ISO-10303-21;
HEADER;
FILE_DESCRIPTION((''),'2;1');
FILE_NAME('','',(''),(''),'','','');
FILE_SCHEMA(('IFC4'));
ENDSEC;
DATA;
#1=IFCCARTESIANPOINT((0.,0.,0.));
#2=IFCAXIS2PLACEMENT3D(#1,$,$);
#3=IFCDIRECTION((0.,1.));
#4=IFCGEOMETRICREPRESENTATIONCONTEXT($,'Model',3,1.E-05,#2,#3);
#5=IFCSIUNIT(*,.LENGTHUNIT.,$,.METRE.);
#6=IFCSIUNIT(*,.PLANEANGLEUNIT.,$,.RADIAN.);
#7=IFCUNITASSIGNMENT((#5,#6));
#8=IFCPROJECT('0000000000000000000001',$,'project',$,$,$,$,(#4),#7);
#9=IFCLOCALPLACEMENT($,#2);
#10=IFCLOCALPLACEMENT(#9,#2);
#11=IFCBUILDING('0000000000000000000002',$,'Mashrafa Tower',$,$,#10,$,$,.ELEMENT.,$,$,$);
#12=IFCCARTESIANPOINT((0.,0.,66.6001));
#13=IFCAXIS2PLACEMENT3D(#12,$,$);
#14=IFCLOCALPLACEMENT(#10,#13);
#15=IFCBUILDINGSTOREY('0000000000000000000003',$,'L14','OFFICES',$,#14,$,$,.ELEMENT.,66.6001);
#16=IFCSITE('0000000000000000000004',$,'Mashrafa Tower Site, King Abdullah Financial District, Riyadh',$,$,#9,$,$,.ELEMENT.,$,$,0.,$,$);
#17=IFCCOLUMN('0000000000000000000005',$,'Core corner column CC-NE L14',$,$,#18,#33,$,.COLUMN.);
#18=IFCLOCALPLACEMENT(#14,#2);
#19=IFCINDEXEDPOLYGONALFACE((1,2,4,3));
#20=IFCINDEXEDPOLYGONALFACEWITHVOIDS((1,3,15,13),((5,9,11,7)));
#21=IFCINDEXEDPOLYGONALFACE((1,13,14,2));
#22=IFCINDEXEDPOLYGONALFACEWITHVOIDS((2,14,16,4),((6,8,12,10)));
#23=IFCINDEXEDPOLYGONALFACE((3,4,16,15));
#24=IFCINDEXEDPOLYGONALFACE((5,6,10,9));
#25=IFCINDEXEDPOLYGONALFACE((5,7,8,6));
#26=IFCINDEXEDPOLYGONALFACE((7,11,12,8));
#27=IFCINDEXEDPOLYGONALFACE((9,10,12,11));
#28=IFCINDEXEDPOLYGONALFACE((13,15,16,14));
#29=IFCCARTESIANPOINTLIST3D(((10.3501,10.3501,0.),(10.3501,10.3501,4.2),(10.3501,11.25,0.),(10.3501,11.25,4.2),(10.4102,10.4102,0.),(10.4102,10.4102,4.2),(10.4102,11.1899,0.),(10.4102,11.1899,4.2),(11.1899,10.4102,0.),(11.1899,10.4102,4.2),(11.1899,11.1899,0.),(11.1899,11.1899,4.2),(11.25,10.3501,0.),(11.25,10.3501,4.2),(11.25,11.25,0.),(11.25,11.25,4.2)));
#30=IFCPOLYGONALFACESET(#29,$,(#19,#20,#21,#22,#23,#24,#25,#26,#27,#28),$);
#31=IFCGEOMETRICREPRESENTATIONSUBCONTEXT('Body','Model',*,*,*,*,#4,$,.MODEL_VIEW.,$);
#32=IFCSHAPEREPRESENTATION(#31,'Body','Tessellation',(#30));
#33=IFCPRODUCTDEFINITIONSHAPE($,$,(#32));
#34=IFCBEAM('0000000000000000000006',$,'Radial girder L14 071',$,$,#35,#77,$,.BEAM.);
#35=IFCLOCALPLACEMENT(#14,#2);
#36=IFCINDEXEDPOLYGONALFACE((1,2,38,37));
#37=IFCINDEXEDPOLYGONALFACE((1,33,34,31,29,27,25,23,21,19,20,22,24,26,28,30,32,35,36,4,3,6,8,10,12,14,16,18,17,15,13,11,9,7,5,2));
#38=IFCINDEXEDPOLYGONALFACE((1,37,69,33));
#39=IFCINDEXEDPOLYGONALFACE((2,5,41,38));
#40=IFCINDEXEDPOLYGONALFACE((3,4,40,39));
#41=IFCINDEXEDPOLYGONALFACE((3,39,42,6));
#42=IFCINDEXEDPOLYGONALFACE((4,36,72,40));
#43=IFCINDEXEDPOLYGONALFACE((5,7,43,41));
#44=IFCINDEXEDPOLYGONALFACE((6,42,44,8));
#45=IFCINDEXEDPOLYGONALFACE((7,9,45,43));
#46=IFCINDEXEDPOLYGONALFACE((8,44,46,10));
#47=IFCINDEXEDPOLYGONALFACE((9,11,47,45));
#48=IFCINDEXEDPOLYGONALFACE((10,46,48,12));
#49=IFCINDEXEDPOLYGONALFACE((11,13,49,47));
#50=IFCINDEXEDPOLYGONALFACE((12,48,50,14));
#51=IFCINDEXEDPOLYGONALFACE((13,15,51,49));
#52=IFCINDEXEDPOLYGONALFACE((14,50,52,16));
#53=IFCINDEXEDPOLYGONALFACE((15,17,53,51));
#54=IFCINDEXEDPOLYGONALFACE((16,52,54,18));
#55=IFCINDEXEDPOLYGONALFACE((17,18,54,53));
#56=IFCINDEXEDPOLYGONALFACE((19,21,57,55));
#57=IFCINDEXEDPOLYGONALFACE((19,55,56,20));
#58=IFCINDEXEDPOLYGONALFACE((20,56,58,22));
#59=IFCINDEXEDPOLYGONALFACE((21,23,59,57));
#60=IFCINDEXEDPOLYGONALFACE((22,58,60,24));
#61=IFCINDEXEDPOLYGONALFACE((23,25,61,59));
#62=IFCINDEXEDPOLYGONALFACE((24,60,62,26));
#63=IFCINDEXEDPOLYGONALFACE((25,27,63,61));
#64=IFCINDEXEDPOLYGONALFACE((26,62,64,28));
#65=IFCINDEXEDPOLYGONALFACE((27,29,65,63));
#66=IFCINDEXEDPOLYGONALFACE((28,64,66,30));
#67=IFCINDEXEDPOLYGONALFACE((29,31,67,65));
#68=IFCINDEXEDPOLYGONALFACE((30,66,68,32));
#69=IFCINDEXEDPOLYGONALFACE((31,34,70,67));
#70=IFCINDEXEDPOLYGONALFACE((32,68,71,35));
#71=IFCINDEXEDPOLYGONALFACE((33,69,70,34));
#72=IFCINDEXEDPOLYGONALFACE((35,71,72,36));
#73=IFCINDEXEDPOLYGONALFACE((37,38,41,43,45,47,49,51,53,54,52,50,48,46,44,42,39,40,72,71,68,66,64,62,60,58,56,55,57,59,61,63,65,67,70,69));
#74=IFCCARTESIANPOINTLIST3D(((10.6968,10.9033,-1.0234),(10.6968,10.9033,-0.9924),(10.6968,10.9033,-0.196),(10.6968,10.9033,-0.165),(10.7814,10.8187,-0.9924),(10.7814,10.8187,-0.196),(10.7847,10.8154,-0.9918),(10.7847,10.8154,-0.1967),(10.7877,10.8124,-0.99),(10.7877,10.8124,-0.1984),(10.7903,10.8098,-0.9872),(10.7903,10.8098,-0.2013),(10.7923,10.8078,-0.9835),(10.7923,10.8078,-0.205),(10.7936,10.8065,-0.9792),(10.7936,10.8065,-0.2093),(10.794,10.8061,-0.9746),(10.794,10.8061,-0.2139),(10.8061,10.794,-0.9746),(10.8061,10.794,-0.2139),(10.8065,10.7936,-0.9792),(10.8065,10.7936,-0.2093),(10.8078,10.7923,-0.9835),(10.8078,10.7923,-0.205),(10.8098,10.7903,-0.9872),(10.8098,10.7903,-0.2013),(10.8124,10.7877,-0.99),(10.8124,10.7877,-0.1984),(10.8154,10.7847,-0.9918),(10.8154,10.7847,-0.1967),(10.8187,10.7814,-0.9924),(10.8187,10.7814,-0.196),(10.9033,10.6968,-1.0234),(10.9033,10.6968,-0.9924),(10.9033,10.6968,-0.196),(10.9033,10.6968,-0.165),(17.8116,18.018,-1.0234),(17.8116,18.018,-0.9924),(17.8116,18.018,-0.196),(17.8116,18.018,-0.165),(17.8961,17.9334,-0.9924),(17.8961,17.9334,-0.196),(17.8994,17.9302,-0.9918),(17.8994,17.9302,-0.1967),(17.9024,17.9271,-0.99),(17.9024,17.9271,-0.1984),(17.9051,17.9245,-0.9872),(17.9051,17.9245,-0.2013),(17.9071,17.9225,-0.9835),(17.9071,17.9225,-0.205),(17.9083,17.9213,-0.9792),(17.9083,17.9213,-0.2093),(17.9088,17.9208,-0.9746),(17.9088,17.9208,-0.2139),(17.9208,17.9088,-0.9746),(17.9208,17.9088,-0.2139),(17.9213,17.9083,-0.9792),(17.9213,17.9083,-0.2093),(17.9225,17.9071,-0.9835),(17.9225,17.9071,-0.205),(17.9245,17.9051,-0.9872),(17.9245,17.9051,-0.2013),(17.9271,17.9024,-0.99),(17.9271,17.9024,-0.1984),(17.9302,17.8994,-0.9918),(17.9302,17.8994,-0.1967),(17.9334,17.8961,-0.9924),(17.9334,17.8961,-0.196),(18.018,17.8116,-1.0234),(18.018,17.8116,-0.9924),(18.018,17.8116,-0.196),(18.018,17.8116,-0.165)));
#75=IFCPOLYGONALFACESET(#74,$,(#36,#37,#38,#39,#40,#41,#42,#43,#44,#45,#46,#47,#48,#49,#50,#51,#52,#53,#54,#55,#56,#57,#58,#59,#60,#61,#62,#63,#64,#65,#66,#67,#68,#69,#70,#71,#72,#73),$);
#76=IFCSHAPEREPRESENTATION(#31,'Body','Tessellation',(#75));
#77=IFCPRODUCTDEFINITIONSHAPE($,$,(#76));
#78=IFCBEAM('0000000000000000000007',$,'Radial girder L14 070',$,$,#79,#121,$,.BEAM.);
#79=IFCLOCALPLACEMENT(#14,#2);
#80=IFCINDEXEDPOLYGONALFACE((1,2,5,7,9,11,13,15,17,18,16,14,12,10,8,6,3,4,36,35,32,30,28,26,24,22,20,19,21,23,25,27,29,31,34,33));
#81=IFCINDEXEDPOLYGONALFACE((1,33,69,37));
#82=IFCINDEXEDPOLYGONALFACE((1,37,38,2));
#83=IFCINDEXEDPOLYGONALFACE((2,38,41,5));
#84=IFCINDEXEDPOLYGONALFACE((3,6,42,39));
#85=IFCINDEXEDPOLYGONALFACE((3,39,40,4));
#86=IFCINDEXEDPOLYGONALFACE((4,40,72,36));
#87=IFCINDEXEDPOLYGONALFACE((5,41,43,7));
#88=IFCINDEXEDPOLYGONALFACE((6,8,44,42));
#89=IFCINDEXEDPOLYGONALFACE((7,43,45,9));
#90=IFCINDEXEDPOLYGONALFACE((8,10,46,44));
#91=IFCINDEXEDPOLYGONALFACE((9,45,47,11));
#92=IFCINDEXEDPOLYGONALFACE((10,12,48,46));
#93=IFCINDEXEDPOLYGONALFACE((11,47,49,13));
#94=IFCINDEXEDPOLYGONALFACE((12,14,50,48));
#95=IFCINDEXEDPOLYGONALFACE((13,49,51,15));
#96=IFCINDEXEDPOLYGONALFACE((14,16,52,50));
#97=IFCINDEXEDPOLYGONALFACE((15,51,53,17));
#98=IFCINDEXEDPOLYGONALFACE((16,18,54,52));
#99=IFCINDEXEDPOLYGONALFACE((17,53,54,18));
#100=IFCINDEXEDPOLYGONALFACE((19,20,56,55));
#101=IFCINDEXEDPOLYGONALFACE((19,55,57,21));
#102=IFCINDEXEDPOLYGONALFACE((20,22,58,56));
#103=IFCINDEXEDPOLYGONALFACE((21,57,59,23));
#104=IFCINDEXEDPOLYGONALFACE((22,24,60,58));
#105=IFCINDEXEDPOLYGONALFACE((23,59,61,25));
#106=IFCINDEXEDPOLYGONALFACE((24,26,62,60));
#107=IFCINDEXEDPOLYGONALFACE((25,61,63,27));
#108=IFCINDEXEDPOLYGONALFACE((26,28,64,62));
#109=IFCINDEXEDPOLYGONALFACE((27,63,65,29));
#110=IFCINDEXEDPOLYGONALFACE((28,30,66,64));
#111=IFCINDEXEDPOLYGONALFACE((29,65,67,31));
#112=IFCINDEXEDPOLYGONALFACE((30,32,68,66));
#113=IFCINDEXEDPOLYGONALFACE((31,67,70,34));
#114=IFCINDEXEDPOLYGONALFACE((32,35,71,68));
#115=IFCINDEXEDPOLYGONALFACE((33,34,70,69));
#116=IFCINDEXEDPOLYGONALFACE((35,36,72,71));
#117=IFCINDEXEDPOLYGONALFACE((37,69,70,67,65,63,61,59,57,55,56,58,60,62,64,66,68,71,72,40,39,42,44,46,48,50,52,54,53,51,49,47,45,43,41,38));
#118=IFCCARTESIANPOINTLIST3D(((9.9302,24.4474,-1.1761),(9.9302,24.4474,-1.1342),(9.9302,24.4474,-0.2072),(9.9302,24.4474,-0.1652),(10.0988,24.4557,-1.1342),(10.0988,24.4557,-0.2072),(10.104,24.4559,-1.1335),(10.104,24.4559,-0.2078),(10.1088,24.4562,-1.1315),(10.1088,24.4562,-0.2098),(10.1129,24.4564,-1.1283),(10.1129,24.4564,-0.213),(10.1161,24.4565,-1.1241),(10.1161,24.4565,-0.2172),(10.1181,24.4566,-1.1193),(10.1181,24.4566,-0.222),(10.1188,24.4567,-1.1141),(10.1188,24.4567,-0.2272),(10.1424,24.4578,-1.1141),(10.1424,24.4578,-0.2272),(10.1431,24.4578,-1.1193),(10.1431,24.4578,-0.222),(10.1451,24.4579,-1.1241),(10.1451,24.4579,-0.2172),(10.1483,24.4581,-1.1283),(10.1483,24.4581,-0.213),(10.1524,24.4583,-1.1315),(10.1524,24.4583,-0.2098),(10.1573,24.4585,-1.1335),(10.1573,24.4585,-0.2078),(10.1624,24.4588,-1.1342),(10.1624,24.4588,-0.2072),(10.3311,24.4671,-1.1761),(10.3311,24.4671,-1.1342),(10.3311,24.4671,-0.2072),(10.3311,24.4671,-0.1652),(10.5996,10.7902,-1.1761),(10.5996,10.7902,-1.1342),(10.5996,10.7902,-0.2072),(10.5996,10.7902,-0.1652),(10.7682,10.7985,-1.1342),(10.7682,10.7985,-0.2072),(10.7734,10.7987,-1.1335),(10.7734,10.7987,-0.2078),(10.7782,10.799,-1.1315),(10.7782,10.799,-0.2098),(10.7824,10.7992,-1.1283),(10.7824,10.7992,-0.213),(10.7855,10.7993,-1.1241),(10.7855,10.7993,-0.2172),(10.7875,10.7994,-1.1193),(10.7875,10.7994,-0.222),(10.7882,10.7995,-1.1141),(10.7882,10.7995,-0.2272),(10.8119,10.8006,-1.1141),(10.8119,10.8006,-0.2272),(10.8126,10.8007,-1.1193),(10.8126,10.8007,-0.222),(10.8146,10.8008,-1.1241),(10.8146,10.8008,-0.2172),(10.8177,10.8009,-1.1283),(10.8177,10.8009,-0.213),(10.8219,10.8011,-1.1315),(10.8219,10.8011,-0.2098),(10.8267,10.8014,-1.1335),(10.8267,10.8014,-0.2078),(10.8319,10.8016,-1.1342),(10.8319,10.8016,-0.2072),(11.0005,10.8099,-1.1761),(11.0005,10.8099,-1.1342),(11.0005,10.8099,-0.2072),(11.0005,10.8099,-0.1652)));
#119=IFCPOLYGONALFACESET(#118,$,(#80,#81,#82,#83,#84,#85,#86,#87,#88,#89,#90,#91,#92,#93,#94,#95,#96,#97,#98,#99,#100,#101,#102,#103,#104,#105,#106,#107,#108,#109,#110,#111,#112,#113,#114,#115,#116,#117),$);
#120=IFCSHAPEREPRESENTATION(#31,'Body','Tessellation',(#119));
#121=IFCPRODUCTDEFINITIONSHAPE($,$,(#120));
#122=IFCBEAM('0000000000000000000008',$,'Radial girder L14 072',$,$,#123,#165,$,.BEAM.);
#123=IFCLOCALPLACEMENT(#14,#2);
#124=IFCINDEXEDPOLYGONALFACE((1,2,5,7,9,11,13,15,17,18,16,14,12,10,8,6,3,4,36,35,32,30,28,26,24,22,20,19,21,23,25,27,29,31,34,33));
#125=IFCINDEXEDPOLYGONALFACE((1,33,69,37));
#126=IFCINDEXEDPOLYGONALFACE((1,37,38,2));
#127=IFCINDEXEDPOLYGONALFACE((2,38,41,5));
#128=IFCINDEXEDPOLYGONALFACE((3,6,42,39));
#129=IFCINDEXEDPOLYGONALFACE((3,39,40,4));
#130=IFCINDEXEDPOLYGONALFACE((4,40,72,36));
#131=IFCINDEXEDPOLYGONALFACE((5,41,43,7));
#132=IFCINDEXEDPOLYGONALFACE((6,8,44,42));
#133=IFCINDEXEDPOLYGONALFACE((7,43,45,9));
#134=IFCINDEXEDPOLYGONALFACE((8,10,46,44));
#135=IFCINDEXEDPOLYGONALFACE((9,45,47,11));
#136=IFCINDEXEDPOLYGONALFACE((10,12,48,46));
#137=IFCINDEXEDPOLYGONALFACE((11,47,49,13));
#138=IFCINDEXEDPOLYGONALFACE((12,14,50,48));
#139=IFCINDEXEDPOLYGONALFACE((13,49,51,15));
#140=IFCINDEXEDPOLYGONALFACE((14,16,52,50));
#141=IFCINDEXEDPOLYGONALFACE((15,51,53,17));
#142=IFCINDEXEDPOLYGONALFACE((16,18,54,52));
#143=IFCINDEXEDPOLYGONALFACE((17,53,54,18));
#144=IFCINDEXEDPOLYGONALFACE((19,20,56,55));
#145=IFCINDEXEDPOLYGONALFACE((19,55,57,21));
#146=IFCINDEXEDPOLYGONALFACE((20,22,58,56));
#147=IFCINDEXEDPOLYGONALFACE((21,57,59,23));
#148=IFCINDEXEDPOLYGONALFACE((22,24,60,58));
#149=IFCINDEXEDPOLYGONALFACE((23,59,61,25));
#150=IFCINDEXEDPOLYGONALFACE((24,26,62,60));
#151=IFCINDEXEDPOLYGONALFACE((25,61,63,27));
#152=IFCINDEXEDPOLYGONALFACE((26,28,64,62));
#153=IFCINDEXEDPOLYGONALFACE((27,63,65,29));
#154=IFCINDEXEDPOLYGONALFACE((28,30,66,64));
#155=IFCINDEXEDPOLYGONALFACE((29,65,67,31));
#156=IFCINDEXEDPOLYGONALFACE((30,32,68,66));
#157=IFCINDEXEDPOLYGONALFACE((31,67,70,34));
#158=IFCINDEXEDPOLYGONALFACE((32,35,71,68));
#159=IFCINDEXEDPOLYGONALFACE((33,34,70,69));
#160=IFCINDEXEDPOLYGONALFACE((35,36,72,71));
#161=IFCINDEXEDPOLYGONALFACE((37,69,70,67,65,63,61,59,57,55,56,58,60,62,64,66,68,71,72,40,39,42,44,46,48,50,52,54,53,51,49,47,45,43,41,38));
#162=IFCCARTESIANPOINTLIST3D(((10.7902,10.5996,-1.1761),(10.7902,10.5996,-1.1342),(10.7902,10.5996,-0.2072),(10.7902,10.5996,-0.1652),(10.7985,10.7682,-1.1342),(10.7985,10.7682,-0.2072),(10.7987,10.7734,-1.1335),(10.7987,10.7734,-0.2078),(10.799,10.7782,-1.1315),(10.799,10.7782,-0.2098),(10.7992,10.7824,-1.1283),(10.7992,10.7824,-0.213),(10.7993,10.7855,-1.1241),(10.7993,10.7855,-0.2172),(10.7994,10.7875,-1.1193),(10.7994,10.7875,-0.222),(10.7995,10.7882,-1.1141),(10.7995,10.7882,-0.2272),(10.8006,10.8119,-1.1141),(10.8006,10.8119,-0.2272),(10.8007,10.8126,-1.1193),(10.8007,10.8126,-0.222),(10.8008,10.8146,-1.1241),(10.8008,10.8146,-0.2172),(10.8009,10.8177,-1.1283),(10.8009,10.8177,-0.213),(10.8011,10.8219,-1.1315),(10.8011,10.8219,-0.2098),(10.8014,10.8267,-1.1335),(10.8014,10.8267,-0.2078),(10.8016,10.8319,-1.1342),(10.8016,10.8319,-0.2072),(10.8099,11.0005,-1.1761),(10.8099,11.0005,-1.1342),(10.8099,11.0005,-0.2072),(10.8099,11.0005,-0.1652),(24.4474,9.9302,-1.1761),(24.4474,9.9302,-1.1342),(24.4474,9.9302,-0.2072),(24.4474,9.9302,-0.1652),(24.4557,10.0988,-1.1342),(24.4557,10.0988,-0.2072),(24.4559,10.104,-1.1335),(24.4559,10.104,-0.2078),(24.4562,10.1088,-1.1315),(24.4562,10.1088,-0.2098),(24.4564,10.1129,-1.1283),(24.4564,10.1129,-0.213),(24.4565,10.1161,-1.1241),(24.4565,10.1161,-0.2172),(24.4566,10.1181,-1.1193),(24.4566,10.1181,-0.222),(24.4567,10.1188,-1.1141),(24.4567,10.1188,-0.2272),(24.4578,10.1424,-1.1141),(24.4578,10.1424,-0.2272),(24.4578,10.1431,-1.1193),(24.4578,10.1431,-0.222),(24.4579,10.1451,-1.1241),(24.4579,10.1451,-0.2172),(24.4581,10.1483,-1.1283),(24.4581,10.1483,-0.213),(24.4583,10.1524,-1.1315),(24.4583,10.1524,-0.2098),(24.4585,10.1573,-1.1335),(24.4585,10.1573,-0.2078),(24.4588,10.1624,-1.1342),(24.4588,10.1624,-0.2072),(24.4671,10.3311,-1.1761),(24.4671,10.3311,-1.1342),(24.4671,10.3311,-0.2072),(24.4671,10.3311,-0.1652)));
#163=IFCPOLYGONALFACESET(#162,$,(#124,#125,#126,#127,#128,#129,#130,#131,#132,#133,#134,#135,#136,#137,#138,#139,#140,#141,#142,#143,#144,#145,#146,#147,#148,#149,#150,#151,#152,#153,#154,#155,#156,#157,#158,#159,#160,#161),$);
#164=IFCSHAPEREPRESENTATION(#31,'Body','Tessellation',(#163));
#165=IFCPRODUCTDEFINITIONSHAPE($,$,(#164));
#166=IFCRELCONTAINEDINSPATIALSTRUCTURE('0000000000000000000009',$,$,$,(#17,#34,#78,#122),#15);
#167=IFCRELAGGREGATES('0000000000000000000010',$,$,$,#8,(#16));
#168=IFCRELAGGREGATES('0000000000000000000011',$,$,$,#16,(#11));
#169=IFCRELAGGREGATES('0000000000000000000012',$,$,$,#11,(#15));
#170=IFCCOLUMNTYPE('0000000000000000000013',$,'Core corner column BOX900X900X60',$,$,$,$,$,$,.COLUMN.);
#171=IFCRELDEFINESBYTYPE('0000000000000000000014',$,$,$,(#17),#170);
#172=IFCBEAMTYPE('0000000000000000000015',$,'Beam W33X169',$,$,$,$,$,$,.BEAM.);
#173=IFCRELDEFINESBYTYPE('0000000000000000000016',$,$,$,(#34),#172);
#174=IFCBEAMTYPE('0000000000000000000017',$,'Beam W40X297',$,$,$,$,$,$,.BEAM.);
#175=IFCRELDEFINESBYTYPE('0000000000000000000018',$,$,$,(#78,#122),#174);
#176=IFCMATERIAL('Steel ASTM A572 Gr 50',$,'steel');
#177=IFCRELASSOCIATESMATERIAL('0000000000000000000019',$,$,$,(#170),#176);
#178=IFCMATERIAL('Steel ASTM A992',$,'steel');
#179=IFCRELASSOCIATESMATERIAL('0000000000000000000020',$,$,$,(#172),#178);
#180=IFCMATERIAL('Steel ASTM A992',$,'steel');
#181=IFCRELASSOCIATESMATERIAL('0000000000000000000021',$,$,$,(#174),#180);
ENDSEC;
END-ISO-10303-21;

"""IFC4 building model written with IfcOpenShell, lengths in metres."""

from ifc_helpers import new_model, si_unit, direction, frame, origin, origin_2d, place, context, subcontext, project, spatial, hollow_rectangle, i_section, extrude, material, material_profile, profile_set, type_object, element, save


model = new_model("IFC4")

# Units and contexts
model_context = context("Model", 3, precision=1e-05, world=origin(), true_north=direction((0.0, 1.0)))
body_context = subcontext(model_context, "Body", "Model", "MODEL_VIEW")
ifc_project = project(units=[si_unit("LENGTHUNIT", "METRE"), si_unit("PLANEANGLEUNIT", "RADIAN")], contexts=[model_context])

# Site, building, storey
site_placement = place(None, origin())
site = spatial("IfcSite", under=ifc_project, at=site_placement, Name="Mashrafa Tower Site, King Abdullah Financial District, Riyadh", CompositionType="ELEMENT", RefElevation=0.0)
building_placement = place(site_placement, origin())
building = spatial("IfcBuilding", under=site, at=building_placement, Name="Mashrafa Tower", CompositionType="ELEMENT")
storey_placement = place(building_placement, frame((0.0, 0.0, 66.6001)))
storey = spatial("IfcBuildingStorey", under=building, at=storey_placement, Name="L14", Description="OFFICES", CompositionType="ELEMENT", Elevation=66.6001)

# Column
ifc_material_1 = material(Name="Steel ASTM A572 Gr 50", Category="steel")
ifc_material_profile_1 = material_profile(ifc_material_1, hollow_rectangle(XDim=0.8999, YDim=0.8999, WallThickness=0.0601, at=origin_2d()), Name="BOX900X900X60")
ifc_profile_set_1 = profile_set([ifc_material_profile_1], Name="Steel ASTM A572 Gr 50")
column_type = type_object("IfcColumnType", Name="Core corner column BOX900X900X60", PredefinedType="COLUMN", material=ifc_profile_set_1)
column_placement = place(storey_placement, frame((10.8, 10.8, 0.0), z_axis=(0.0, 0.0, 1.0), x_axis=(1.0, 0.0, 0.0)))
element("IfcColumn", 1, at=column_placement, inside=storey, type_object=column_type, Name="Core corner column CC-NE L14", PredefinedType="COLUMN", context=body_context, shape_type="SweptSolid", body=[
    extrude(hollow_rectangle(XDim=0.8999, YDim=0.8999, WallThickness=0.0601, at=origin_2d()), origin(), (0.0, 0.0, 1.0), 4.2),
])

# Beams
ifc_material_2 = material(Name="Steel ASTM A992", Category="steel")
ifc_material_profile_2 = material_profile(ifc_material_2, i_section(OverallWidth=0.292, OverallDepth=0.8584, WebThickness=0.0171, FlangeThickness=0.031, FilletRadius=0.0178, at=origin_2d()), Name="W33X169")
ifc_profile_set_2 = profile_set([ifc_material_profile_2], Name="Steel ASTM A992")
beam_type_1 = type_object("IfcBeamType", Name="Beam W33X169", PredefinedType="BEAM", material=ifc_profile_set_2)
beam_1_placement = place(storey_placement, frame((10.8, 10.8, -0.5942), z_axis=(0.707107, 0.707107, 0.0), x_axis=(-0.707107, 0.707107, 0.0)))
element("IfcBeam", 2, at=beam_1_placement, inside=storey, type_object=beam_type_1, Name="Radial girder L14 071", PredefinedType="BEAM", context=body_context, shape_type="SweptSolid", body=[
    extrude(i_section(OverallWidth=0.292, OverallDepth=0.8584, WebThickness=0.0171, FlangeThickness=0.031, FilletRadius=0.0178, at=origin_2d()), origin(), (0.0, 0.0, 1.0), 10.0618),
])
ifc_material_3 = material(Name="Steel ASTM A992", Category="steel")
ifc_material_profile_3 = material_profile(ifc_material_3, i_section(OverallWidth=0.4014, OverallDepth=1.011, WebThickness=0.0237, FlangeThickness=0.042, FilletRadius=0.02, at=origin_2d()), Name="W40X297")
ifc_profile_set_3 = profile_set([ifc_material_profile_3], Name="Steel ASTM A992")
beam_type_2 = type_object("IfcBeamType", Name="Beam W40X297", PredefinedType="BEAM", material=ifc_profile_set_3)
for number, where, z_axis, x_axis, name in (
    (3, (10.8, 10.8, -0.6707), (-0.048958, 0.998801, 0.0), (-0.998801, -0.048958, 0.0), "Radial girder L14 070"),
    (4, (10.8, 10.8, -0.6707), (0.998801, -0.048958, 0.0), (0.048958, 0.998801, 0.0), "Radial girder L14 072"),
):
    element("IfcBeam", number, at=place(storey_placement, frame(where, z_axis=z_axis, x_axis=x_axis)), inside=storey, type_object=beam_type_2, Name=name, PredefinedType="BEAM", context=body_context, shape_type="SweptSolid", body=[
        extrude(i_section(OverallWidth=0.4014, OverallDepth=1.011, WebThickness=0.0237, FlangeThickness=0.042, FilletRadius=0.02, at=origin_2d()), origin(), (0.0, 0.0, 1.0), 13.6736),
    ])

save(model, "model.ifc")
